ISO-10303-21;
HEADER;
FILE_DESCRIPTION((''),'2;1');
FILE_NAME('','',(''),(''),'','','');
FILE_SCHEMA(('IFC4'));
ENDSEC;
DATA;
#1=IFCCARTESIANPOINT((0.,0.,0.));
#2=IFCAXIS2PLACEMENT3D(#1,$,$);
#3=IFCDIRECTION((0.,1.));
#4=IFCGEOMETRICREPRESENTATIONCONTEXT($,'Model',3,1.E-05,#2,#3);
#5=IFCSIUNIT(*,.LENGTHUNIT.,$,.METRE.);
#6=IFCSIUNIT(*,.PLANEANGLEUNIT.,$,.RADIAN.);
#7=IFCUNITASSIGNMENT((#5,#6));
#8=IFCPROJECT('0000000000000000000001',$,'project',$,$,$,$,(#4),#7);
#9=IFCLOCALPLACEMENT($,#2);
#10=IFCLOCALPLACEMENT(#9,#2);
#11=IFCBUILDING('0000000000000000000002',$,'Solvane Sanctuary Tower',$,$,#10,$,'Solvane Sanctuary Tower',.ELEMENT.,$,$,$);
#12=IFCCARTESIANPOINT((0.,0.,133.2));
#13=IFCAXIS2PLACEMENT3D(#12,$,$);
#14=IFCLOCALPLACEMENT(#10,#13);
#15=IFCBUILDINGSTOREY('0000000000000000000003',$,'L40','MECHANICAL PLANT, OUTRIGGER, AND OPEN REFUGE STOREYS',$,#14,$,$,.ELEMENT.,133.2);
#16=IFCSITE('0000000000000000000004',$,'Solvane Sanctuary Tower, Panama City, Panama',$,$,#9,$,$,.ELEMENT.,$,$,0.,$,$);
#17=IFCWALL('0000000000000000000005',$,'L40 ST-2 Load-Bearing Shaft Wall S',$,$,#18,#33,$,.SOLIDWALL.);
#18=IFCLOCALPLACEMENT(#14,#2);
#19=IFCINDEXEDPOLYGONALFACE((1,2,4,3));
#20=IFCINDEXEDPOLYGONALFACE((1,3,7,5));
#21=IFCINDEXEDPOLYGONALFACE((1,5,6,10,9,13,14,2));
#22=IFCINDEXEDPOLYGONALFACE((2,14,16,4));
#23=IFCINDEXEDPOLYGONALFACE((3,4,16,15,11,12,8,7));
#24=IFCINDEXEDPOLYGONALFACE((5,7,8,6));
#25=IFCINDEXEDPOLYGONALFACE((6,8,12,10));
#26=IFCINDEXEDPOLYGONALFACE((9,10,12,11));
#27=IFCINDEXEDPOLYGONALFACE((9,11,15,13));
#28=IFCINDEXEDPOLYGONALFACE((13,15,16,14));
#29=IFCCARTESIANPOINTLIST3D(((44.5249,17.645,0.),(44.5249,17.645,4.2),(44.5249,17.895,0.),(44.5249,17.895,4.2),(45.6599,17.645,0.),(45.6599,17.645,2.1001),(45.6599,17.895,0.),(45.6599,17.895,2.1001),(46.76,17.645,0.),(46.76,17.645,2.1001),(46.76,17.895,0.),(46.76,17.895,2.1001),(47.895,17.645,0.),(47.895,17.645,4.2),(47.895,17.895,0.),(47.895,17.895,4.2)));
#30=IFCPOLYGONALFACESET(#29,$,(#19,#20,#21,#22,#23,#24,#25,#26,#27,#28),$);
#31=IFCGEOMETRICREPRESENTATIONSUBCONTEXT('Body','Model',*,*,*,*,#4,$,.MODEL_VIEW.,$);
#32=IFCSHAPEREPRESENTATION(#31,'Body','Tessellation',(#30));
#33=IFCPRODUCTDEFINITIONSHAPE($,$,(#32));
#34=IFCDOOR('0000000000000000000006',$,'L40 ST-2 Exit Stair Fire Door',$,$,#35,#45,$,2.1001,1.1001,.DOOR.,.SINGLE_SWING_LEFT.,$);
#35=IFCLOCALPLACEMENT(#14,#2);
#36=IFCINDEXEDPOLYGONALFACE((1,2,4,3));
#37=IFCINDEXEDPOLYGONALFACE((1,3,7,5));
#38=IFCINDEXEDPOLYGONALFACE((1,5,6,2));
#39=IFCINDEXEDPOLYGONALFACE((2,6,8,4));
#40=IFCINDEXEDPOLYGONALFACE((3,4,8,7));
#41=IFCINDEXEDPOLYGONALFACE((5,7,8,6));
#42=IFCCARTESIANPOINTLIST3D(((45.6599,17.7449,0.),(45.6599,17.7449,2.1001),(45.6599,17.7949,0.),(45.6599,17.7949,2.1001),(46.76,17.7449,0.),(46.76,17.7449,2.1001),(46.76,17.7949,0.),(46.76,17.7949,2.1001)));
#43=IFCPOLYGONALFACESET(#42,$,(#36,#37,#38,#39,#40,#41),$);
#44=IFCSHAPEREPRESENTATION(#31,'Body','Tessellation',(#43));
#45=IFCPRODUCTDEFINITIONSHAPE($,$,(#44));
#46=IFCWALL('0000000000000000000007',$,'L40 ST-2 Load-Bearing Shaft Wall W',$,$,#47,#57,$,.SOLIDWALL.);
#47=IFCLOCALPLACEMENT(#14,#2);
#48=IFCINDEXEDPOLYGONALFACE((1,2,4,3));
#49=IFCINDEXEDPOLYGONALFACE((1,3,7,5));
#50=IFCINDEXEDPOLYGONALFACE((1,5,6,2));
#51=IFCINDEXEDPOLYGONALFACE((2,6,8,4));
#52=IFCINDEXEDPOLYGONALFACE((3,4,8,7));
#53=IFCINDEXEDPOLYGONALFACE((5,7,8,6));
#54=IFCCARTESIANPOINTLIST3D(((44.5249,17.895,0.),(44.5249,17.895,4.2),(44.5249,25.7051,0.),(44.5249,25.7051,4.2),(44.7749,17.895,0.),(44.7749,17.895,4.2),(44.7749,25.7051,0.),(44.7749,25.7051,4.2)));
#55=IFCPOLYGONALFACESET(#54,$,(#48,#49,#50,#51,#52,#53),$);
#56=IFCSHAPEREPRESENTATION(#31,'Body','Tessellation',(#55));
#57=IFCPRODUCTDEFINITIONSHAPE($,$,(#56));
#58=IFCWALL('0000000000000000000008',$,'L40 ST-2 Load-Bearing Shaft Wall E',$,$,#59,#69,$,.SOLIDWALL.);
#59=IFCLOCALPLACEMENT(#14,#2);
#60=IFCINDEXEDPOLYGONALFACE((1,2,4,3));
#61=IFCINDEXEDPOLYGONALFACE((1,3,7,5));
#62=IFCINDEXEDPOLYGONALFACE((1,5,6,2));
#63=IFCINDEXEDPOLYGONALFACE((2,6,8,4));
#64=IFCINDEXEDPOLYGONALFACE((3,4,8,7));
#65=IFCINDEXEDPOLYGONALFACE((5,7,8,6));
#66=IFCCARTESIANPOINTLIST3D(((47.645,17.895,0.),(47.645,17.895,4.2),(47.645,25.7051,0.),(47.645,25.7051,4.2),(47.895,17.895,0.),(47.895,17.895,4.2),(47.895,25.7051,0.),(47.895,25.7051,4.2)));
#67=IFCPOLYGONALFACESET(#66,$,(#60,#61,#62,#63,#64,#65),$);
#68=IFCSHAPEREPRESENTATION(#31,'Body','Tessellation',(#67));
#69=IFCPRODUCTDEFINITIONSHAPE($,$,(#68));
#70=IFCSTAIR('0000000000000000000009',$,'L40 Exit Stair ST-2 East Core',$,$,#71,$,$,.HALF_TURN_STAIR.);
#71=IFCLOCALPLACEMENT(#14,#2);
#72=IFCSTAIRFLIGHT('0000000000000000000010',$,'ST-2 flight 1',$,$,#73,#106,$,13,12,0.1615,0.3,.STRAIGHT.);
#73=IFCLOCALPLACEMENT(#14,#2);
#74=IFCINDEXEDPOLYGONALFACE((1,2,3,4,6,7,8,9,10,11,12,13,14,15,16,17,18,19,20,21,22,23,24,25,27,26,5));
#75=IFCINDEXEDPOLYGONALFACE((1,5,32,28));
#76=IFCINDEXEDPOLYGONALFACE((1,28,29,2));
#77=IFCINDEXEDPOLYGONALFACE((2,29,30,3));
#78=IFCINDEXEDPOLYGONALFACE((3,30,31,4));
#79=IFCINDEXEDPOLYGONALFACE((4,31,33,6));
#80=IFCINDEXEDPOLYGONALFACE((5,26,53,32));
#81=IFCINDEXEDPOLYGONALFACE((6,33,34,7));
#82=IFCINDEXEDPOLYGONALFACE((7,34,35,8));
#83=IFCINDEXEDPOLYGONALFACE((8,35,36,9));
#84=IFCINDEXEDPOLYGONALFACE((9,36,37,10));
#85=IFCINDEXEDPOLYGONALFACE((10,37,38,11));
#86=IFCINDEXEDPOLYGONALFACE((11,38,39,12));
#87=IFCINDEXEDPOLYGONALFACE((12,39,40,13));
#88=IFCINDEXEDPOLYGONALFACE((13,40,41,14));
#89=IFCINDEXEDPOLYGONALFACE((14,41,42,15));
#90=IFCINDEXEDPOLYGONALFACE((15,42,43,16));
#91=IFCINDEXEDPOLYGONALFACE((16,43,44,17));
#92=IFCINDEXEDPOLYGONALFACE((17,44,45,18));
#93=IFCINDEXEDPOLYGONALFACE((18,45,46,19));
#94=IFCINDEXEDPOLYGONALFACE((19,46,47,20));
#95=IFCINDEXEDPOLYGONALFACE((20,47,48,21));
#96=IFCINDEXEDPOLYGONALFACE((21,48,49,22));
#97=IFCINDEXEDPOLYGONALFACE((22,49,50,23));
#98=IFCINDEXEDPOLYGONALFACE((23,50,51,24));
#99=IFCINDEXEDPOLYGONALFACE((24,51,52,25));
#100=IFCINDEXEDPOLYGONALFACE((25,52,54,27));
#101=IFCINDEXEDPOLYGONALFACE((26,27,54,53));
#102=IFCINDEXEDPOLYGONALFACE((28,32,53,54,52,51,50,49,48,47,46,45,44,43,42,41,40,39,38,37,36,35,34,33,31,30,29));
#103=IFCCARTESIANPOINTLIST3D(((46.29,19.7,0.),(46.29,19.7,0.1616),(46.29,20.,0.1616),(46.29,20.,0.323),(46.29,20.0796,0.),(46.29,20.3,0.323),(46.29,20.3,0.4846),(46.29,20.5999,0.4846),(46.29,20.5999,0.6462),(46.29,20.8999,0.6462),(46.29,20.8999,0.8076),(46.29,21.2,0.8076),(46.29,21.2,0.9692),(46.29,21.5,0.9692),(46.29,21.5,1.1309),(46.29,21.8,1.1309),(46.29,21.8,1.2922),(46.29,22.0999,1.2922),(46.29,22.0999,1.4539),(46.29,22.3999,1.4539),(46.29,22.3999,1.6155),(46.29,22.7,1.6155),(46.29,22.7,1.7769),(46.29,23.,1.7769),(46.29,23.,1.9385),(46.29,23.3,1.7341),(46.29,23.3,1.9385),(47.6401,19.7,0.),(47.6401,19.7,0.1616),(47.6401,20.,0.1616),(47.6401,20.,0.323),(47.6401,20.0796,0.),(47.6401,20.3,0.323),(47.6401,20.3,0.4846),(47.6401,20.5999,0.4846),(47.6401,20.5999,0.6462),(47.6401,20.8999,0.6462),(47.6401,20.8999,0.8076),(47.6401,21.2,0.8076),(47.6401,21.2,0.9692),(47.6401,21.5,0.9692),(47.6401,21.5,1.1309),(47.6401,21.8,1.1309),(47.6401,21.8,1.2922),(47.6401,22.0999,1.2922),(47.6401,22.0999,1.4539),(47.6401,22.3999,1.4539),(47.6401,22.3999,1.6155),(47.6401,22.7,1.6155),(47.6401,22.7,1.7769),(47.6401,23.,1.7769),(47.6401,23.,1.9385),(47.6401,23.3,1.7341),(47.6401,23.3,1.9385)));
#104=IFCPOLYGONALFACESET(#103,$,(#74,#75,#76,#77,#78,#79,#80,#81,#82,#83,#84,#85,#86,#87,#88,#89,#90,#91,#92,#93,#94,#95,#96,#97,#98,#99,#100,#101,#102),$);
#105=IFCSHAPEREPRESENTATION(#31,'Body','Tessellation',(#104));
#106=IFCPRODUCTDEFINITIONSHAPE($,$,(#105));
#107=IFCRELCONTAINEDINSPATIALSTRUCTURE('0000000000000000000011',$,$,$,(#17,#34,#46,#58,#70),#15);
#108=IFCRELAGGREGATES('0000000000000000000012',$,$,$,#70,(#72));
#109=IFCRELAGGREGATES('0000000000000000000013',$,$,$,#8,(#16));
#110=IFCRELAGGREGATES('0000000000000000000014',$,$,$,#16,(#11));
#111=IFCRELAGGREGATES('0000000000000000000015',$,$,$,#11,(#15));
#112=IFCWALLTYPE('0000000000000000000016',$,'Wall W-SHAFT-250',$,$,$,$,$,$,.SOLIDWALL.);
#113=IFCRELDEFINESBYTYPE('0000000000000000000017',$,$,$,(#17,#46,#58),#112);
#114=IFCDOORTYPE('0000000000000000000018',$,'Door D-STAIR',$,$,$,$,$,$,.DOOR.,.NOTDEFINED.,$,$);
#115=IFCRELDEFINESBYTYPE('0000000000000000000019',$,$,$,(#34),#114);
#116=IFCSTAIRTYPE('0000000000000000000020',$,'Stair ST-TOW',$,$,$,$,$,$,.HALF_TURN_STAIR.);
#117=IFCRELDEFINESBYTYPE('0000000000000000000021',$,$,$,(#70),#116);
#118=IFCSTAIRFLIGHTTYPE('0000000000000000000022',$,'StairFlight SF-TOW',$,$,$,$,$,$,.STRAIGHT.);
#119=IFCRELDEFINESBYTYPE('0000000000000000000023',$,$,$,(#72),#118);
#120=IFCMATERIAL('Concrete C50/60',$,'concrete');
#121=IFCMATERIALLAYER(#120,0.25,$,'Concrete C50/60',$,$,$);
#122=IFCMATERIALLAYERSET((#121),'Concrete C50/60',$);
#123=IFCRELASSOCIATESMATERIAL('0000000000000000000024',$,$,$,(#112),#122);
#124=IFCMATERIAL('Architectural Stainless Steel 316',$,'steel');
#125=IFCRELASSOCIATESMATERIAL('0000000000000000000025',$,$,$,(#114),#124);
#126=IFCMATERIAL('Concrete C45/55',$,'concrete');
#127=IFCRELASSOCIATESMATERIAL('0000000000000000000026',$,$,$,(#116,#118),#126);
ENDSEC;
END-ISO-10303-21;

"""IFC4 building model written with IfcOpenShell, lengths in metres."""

from ifc_helpers import new_model, si_unit, direction, frame, frame_2d, origin, place, context, subcontext, project, spatial, polyline, rectangle, outline, extrude, material, layer, layer_set, type_object, element, fill, aggregate, save


model = new_model("IFC4")

# Units and contexts
model_context = context("Model", 3, precision=1e-05, world=origin(), true_north=direction((0.0, 1.0)))
body_context = subcontext(model_context, "Body", "Model", "MODEL_VIEW")
ifc_project = project(units=[si_unit("LENGTHUNIT", "METRE"), si_unit("PLANEANGLEUNIT", "RADIAN")], contexts=[model_context])

# Site, building, storey
site_placement = place(None, origin())
site = spatial("IfcSite", under=ifc_project, at=site_placement, Name="Solvane Sanctuary Tower, Panama City, Panama", CompositionType="ELEMENT", RefElevation=0.0)
building_placement = place(site_placement, origin())
building = spatial("IfcBuilding", under=site, at=building_placement, Name="Solvane Sanctuary Tower", LongName="Solvane Sanctuary Tower", CompositionType="ELEMENT")
storey_placement = place(building_placement, frame((0.0, 0.0, 133.2)))
storey = spatial("IfcBuildingStorey", under=building, at=storey_placement, Name="L40", Description="MECHANICAL PLANT, OUTRIGGER, AND OPEN REFUGE STOREYS", CompositionType="ELEMENT", Elevation=133.2)

# Shared definitions
ifc_material_1 = material(Name="Architectural Stainless Steel 316", Category="steel")

# Shared definitions
ifc_material_2 = material(Name="Concrete C50/60", Category="concrete")

# Wall, opening, door
ifc_layer_1 = layer(ifc_material_2, 0.25, Name="Concrete C50/60")
ifc_layer_set_1 = layer_set([ifc_layer_1], Name="Concrete C50/60")
wall_type_1 = type_object("IfcWallType", Name="Wall W-SHAFT-250", PredefinedType="SOLIDWALL", material=ifc_layer_set_1)
wall_1_placement = place(storey_placement, frame((44.5249, 17.77, 0.0), z_axis=(0.0, 0.0, 1.0), x_axis=(1.0, 0.0, 0.0)))
wall_1 = element("IfcWall", 1, at=wall_1_placement, inside=storey, type_object=wall_type_1, Name="L40 ST-2 Load-Bearing Shaft Wall S", PredefinedType="SOLIDWALL", context=body_context, shape_type="SweptSolid", body=[
    extrude(rectangle(XDim=3.3701, YDim=0.25, at=frame_2d((1.6851, 0.0))), origin(), (0.0, 0.0, 1.0), 4.2),
])
opening_1_placement = place(wall_1_placement, frame((1.135, 0.0, 0.0)))
opening_1 = element("IfcOpeningElement", 2, at=opening_1_placement, cuts=wall_1, PredefinedType="OPENING", context=body_context, shape_type="SweptSolid", body=[
    extrude(rectangle(XDim=1.1001, YDim=2.1001, at=frame_2d((0.55, 1.05))), frame((0.0, 0.135, 0.0), z_axis=(0.0, -1.0, 0.0), x_axis=(1.0, 0.0, 0.0)), (0.0, 0.0, 1.0), 0.27),
])
door_type_1 = type_object("IfcDoorType", Name="Door D-STAIR", OperationType="NOTDEFINED", PredefinedType="DOOR", material=ifc_material_1)
door_1_placement = place(opening_1_placement, origin())
door_1 = element("IfcDoor", 3, at=door_1_placement, inside=storey, type_object=door_type_1, Name="L40 ST-2 Exit Stair Fire Door", OperationType="SINGLE_SWING_LEFT", OverallHeight=2.1001, OverallWidth=1.1001, PredefinedType="DOOR", context=body_context, shape_type="SweptSolid", body=[
    extrude(rectangle(XDim=1.1001, YDim=2.1001, at=frame_2d((0.55, 1.05))), frame((0.0, 0.0249, 0.0), z_axis=(0.0, -1.0, 0.0), x_axis=(1.0, 0.0, 0.0)), (0.0, 0.0, 1.0), 0.05),
])
fill(opening_1, door_1)

# Walls
for number, where, z_axis, x_axis, name in (
    (4, (44.6499, 17.895, 0.0), (0.0, 0.0, 1.0), (0.0, 1.0, 0.0), "L40 ST-2 Load-Bearing Shaft Wall W"),
    (5, (47.77, 17.895, 0.0), (0.0, 0.0, 1.0), (0.0, 1.0, 0.0), "L40 ST-2 Load-Bearing Shaft Wall E"),
):
    element("IfcWall", number, at=place(storey_placement, frame(where, z_axis=z_axis, x_axis=x_axis)), inside=storey, type_object=wall_type_1, Name=name, PredefinedType="SOLIDWALL", context=body_context, shape_type="SweptSolid", body=[
        extrude(rectangle(XDim=7.8101, YDim=0.25, at=frame_2d((3.905, 0.0))), origin(), (0.0, 0.0, 1.0), 4.2),
    ])

# Stair, stair flight
ifc_material_3 = material(Name="Concrete C45/55", Category="concrete")
stair_type = type_object("IfcStairType", Name="Stair ST-TOW", PredefinedType="HALF_TURN_STAIR", material=ifc_material_3)
stair_placement = place(storey_placement, origin())
stair = element("IfcStair", 6, at=stair_placement, inside=storey, type_object=stair_type, Name="L40 Exit Stair ST-2 East Core", PredefinedType="HALF_TURN_STAIR")
stair_flight_type = type_object("IfcStairFlightType", Name="StairFlight SF-TOW", PredefinedType="STRAIGHT", material=ifc_material_3)
stair_flight_placement = place(storey_placement, frame((46.9651, 19.7, 0.0), z_axis=(0.0, 0.0, 1.0), x_axis=(0.0, 1.0, 0.0)))
stair_flight = element("IfcStairFlight", 7, at=stair_flight_placement, type_object=stair_flight_type, Name="ST-2 flight 1", NumberOfRisers=13, NumberOfTreads=12, PredefinedType="STRAIGHT", RiserHeight=0.1615, TreadLength=0.3, context=body_context, shape_type="SweptSolid", body=[
    extrude(outline(polyline([(0.0, 0.0), (0.0, 0.1616), (0.3, 0.1616), (0.3, 0.323), (0.6001, 0.323), (0.6001, 0.4846), (0.8999, 0.4846), (0.8999, 0.6462), (1.2, 0.6462), (1.2, 0.8076), (1.5, 0.8076), (1.5, 0.9692), (1.8, 0.9692), (1.8, 1.1309), (2.1001, 1.1309), (2.1001, 1.2922), (2.3999, 1.2922), (2.3999, 1.4539), (2.7, 1.4539), (2.7, 1.6155), (3.0, 1.6155), (3.0, 1.7769), (3.3, 1.7769), (3.3, 1.9385), (3.6001, 1.9385), (3.6001, 2.1001), (3.6001, 1.7341), (0.3796, 0.0), (0.0, 0.0)])), frame((0.0, 0.675, 0.0), z_axis=(0.0, -1.0, 0.0), x_axis=(1.0, 0.0, 0.0)), (0.0, 0.0, 1.0), 1.3501),
])
aggregate(stair, [stair_flight])

save(model, "model.ifc")
